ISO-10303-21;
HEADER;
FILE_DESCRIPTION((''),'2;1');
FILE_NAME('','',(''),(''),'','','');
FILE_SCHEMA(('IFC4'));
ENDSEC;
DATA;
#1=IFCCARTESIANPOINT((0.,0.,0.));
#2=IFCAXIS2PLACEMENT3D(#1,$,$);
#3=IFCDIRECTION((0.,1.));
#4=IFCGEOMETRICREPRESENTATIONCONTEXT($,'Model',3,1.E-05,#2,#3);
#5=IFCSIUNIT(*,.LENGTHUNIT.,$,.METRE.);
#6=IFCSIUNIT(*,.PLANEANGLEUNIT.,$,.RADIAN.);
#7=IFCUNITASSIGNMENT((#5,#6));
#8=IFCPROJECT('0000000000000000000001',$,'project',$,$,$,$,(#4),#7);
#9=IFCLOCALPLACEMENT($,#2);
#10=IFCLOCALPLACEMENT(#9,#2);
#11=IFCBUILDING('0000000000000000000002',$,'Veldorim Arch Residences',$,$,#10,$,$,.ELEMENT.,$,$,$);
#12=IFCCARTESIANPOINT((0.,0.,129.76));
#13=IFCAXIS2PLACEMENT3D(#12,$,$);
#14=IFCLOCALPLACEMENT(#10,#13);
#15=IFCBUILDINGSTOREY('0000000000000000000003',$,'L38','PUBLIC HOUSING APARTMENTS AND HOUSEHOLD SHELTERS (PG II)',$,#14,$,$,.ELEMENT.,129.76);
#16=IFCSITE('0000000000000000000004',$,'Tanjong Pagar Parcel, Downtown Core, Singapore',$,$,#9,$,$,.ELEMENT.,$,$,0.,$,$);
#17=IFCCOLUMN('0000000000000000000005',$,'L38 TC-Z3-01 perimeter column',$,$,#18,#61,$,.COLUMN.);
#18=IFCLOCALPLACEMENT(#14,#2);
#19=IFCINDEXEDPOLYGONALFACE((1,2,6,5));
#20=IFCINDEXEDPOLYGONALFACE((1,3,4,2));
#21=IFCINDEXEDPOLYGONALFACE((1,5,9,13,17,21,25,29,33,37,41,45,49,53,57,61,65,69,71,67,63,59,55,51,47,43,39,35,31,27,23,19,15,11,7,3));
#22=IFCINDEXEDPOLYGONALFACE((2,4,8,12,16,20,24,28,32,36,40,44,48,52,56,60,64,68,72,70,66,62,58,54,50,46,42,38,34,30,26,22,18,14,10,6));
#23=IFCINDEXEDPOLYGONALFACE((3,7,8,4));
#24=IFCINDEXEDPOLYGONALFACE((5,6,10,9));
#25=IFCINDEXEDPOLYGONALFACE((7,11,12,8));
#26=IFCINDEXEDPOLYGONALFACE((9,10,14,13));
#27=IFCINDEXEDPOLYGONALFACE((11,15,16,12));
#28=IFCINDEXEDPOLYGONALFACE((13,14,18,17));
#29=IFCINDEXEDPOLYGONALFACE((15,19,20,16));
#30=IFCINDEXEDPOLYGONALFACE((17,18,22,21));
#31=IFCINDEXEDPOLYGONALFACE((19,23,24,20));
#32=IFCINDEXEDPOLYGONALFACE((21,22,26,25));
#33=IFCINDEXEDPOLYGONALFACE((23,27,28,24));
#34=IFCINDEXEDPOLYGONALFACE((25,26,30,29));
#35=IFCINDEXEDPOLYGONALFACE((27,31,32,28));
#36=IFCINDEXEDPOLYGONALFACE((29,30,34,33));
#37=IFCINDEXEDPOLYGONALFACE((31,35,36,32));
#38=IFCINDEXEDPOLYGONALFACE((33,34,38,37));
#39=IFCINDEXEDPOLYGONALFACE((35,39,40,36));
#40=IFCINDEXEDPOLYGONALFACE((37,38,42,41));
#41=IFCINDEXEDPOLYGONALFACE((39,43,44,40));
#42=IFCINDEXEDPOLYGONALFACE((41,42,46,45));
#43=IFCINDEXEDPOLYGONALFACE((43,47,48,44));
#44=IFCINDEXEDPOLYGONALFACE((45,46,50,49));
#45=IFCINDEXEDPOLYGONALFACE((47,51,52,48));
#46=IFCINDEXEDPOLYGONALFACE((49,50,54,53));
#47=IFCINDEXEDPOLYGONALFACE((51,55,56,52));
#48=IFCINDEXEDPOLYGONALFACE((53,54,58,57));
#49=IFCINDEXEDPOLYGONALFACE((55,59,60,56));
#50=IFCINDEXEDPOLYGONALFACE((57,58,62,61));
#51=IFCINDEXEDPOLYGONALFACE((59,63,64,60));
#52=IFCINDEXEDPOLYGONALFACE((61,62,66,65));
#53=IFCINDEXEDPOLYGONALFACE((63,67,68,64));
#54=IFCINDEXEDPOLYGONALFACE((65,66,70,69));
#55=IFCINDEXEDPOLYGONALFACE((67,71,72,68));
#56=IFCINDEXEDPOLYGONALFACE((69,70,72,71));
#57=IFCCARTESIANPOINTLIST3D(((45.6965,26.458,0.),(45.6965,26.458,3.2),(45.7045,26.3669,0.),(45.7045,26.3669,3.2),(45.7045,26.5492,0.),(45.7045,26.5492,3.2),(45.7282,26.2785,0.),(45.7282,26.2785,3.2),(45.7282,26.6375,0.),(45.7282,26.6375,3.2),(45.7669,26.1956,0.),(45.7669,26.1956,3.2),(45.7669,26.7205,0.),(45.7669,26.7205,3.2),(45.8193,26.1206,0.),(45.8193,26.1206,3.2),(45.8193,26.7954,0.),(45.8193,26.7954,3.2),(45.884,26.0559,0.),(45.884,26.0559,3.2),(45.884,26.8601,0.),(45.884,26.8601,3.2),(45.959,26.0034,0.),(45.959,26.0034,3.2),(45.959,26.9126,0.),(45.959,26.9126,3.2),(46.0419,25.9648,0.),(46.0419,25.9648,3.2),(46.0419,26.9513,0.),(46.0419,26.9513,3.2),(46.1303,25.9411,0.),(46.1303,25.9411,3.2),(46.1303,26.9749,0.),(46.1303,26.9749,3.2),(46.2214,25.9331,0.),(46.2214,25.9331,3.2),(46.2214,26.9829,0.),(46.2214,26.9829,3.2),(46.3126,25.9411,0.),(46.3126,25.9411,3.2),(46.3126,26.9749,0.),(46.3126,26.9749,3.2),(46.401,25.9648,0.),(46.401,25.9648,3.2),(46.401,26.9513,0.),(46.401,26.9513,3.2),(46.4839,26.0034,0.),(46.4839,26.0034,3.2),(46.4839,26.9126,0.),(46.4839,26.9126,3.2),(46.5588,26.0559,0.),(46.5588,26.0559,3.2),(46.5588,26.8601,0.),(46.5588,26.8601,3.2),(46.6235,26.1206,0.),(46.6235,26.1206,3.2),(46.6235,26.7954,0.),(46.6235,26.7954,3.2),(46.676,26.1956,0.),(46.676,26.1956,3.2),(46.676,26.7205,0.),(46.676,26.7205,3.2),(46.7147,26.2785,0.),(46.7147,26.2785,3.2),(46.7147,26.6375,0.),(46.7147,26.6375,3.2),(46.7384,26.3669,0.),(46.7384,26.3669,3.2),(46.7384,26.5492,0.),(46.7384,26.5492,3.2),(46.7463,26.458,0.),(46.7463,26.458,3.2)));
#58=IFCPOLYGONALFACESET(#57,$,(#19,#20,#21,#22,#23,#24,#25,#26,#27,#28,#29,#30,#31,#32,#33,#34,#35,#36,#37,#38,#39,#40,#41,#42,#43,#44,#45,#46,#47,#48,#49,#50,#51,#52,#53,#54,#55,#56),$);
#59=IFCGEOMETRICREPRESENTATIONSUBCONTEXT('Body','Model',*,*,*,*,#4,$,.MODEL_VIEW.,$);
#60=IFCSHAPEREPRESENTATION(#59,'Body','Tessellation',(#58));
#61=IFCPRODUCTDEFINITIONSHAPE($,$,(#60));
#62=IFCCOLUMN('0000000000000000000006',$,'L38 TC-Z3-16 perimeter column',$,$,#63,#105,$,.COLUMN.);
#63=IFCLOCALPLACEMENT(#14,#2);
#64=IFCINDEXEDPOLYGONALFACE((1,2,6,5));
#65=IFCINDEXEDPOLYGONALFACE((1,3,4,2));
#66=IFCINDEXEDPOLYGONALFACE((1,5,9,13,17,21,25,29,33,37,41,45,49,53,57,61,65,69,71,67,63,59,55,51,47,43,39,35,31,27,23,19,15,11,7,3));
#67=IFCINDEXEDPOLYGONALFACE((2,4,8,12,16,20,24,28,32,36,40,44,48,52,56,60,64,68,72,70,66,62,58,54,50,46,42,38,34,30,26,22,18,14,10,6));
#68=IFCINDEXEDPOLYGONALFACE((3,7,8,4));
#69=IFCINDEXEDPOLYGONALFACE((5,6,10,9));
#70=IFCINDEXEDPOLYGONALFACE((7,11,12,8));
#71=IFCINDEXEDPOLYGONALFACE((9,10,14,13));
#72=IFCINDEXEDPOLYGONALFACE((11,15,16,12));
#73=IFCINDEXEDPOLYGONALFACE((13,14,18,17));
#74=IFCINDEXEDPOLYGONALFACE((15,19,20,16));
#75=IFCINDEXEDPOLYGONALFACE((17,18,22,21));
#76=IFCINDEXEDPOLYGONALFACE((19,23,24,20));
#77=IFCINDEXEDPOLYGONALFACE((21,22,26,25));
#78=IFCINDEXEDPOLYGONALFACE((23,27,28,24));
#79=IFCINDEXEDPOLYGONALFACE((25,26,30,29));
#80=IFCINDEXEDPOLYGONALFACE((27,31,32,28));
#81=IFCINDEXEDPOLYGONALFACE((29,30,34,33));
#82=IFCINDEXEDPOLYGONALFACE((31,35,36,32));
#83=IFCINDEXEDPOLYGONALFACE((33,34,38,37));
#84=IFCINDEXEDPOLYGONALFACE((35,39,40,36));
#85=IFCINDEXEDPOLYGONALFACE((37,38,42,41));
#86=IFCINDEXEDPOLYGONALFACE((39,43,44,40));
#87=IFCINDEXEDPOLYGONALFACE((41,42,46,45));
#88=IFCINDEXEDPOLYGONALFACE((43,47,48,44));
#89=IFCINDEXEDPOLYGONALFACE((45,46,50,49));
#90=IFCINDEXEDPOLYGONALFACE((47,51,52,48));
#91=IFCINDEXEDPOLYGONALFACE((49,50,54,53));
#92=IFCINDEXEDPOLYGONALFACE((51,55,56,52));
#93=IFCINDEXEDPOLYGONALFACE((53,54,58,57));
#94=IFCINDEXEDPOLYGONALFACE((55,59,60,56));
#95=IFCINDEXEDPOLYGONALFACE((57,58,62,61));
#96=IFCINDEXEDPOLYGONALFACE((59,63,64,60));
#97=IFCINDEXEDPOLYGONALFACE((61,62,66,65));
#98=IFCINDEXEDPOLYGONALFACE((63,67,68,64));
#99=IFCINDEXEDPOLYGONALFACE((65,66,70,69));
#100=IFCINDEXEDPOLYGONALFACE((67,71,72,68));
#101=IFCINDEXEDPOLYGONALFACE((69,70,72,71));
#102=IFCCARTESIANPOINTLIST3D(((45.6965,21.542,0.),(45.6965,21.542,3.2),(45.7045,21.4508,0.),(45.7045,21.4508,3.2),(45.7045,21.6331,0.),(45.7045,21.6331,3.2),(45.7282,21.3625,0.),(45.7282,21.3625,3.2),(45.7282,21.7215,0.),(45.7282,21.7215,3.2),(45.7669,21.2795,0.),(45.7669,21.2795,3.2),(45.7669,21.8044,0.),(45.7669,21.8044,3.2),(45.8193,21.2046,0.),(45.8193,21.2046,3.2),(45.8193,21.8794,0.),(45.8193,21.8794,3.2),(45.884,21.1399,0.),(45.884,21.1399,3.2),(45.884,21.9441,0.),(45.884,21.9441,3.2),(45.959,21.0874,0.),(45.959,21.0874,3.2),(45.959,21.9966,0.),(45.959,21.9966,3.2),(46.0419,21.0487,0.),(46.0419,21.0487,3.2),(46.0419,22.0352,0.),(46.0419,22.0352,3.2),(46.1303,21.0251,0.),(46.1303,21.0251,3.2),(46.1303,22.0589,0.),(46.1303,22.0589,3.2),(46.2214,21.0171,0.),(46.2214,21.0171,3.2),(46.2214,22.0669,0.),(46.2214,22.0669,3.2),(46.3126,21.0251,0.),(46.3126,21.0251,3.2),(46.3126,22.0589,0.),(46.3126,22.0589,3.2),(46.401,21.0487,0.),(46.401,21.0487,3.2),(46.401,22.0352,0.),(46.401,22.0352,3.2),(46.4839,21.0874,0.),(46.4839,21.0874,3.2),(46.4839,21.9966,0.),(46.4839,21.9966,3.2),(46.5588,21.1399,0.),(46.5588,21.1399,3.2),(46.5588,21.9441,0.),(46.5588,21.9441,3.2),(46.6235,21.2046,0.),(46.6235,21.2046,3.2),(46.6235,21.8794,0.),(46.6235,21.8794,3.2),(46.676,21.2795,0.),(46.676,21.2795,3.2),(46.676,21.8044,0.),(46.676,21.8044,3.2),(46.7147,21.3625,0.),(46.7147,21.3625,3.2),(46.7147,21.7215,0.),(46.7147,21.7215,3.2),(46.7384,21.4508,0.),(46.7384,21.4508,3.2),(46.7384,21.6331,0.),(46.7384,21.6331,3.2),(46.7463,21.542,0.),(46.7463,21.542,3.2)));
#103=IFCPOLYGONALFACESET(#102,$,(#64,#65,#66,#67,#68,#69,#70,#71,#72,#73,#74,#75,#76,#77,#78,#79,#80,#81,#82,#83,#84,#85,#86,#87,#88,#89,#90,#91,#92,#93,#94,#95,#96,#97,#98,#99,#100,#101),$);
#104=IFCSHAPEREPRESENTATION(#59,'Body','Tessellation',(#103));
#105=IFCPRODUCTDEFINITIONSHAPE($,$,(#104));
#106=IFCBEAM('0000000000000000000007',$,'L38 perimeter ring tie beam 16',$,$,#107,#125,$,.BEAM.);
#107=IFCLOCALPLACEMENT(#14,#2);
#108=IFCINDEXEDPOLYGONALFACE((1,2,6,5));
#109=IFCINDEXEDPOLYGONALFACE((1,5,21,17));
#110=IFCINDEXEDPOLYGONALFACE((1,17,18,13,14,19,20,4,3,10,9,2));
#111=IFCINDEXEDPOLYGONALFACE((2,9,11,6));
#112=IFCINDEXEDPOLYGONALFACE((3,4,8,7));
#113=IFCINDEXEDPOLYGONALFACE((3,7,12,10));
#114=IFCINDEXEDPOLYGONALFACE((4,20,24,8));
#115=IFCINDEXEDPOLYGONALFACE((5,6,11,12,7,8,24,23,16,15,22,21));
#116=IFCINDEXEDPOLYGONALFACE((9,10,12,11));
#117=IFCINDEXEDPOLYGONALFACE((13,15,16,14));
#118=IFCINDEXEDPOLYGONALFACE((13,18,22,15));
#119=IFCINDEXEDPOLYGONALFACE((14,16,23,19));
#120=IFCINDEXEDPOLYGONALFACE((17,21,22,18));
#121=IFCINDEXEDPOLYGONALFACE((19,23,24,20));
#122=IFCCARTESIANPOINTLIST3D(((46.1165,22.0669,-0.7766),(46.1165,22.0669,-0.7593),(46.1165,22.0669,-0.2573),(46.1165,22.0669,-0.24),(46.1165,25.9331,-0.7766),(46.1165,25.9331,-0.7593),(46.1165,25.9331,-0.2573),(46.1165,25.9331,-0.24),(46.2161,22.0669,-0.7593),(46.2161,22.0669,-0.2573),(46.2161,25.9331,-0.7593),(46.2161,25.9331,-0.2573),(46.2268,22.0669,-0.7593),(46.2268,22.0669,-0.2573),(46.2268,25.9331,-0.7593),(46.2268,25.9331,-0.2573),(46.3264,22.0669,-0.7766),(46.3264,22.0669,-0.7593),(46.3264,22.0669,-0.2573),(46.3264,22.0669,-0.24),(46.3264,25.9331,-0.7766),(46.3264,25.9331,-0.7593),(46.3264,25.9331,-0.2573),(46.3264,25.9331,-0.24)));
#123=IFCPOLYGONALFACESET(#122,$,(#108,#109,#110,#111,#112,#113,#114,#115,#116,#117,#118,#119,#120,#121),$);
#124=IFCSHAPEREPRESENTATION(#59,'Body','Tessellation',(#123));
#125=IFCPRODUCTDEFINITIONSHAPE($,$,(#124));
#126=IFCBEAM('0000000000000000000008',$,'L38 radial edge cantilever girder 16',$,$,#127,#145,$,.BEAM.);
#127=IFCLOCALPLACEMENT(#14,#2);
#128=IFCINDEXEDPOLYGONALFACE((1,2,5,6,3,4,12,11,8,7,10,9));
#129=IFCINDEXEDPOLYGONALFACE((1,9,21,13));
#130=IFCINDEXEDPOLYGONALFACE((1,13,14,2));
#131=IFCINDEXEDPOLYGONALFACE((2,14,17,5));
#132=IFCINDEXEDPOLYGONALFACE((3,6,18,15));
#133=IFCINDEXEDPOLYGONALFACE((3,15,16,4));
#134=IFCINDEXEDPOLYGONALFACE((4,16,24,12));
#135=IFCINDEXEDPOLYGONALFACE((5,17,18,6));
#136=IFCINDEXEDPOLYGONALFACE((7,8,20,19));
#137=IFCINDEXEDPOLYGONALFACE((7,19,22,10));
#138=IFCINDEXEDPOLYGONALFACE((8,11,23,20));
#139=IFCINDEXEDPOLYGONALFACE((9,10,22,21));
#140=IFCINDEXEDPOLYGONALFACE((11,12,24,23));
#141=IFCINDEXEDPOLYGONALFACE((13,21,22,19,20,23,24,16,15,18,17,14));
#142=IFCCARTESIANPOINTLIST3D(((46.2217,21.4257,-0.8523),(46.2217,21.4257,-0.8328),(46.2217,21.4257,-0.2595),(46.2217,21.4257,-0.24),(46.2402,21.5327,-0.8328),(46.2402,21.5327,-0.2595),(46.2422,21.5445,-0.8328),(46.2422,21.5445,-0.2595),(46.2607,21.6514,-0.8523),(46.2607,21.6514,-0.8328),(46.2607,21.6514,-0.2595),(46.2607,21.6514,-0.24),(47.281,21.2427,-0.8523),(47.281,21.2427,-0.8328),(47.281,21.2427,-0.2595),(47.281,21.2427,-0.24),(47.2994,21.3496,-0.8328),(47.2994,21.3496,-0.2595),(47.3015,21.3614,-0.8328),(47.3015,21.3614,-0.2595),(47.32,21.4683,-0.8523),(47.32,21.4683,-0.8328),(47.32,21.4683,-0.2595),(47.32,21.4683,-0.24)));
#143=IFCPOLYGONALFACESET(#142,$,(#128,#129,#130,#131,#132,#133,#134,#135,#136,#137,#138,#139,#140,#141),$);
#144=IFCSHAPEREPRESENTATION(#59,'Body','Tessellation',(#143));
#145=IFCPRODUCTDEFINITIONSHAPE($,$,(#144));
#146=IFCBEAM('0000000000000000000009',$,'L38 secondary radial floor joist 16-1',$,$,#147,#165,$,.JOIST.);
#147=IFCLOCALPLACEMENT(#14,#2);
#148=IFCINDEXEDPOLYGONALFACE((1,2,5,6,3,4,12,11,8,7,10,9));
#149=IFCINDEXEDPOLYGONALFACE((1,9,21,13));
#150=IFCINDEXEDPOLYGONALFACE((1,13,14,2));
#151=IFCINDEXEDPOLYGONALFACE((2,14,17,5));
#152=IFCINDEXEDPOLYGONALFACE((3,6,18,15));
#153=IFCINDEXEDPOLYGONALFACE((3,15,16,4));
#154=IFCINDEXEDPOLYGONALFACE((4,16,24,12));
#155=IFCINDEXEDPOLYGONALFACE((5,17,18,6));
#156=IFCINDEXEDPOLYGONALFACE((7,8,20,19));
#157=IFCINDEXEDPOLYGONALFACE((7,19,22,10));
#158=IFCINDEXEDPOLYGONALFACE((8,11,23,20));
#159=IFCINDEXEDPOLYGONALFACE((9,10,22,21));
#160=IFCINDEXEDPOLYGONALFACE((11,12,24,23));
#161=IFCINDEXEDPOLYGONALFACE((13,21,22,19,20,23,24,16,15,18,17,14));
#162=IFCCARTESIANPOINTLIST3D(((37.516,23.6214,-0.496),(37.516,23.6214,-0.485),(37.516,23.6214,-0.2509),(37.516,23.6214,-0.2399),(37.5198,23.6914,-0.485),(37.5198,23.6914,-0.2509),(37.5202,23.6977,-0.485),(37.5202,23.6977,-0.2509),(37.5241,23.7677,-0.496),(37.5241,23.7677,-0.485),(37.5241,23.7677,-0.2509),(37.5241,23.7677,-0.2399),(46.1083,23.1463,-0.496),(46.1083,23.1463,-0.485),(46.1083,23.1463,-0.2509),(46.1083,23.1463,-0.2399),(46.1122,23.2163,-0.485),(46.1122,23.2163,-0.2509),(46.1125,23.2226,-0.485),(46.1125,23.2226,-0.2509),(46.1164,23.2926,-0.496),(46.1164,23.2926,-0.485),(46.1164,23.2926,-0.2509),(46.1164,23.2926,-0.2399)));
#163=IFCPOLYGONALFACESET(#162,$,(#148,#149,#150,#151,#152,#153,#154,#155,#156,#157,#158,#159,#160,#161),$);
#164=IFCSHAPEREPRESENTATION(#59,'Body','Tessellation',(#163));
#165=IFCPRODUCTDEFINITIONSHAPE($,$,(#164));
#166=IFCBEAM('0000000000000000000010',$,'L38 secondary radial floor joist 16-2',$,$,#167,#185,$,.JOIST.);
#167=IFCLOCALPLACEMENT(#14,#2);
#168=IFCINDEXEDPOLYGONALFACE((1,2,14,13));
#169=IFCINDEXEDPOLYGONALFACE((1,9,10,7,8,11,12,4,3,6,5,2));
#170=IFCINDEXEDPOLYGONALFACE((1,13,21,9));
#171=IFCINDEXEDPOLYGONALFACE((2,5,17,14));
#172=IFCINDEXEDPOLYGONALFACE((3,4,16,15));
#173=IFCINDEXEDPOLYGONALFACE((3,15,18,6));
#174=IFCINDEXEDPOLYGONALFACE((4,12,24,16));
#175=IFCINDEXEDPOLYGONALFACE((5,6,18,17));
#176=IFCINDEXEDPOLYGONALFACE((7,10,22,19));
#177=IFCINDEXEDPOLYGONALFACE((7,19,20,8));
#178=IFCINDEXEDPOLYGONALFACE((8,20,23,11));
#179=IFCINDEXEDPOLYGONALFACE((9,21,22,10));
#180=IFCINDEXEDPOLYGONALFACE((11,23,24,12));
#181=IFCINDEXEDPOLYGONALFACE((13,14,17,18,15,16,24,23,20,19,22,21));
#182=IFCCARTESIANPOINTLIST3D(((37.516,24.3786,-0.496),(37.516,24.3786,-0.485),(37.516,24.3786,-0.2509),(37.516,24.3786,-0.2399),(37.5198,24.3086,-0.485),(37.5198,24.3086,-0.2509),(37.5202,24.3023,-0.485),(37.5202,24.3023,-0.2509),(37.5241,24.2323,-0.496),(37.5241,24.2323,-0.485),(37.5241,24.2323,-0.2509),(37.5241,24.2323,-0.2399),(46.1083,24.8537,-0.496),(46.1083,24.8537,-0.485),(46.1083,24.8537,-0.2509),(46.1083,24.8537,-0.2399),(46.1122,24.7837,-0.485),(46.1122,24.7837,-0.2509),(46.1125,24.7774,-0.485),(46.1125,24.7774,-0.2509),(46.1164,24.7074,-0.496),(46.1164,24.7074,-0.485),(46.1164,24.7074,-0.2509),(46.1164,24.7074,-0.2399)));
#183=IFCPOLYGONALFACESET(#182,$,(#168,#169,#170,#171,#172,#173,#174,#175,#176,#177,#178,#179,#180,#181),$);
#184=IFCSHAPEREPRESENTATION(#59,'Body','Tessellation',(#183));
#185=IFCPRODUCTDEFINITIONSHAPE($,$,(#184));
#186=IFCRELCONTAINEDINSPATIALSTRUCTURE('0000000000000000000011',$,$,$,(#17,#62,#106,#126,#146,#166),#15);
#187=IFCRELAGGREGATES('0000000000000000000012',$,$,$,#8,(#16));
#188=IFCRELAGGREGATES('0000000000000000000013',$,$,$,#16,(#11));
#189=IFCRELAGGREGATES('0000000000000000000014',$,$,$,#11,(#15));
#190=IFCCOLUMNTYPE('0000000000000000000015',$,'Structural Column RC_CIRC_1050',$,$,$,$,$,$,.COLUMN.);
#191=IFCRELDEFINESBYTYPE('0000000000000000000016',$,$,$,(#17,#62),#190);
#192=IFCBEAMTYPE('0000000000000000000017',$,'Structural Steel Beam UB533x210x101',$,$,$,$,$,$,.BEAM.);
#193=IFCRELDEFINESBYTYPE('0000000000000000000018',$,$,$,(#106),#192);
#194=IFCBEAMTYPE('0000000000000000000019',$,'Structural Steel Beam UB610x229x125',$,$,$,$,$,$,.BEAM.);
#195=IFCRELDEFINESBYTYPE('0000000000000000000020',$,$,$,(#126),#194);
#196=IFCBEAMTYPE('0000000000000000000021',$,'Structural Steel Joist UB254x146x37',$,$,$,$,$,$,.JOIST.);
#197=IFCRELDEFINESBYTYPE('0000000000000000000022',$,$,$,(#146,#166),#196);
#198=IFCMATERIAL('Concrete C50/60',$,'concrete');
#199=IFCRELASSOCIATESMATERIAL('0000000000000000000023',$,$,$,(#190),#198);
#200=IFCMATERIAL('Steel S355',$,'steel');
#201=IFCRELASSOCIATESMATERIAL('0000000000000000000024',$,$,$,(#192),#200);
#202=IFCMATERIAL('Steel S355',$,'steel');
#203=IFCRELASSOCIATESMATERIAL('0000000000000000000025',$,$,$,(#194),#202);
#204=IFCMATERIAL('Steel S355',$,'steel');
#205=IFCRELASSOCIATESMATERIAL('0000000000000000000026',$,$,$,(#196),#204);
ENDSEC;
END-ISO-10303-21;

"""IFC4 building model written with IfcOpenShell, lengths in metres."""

from ifc_helpers import new_model, si_unit, direction, frame, origin, origin_2d, place, context, subcontext, project, spatial, circle, i_section, extrude, material, material_profile, profile_set, type_object, element, save


model = new_model("IFC4")

# Units and contexts
model_context = context("Model", 3, precision=1e-05, world=origin(), true_north=direction((0.0, 1.0)))
body_context = subcontext(model_context, "Body", "Model", "MODEL_VIEW")
ifc_project = project(units=[si_unit("LENGTHUNIT", "METRE"), si_unit("PLANEANGLEUNIT", "RADIAN")], contexts=[model_context])

# Site, building, storey
site_placement = place(None, origin())
site = spatial("IfcSite", under=ifc_project, at=site_placement, Name="Tanjong Pagar Parcel, Downtown Core, Singapore", CompositionType="ELEMENT", RefElevation=0.0)
building_placement = place(site_placement, origin())
building = spatial("IfcBuilding", under=site, at=building_placement, Name="Veldorim Arch Residences", CompositionType="ELEMENT")
storey_placement = place(building_placement, frame((0.0, 0.0, 129.76)))
storey = spatial("IfcBuildingStorey", under=building, at=storey_placement, Name="L38", Description="PUBLIC HOUSING APARTMENTS AND HOUSEHOLD SHELTERS (PG II)", CompositionType="ELEMENT", Elevation=129.76)

# Columns
ifc_material_1 = material(Name="Concrete C50/60", Category="concrete")
ifc_material_profile_1 = material_profile(ifc_material_1, circle(Radius=0.5249, at=origin_2d()), Name="RC_CIRC_1050")
ifc_profile_set_1 = profile_set([ifc_material_profile_1], Name="Concrete C50/60")
column_type = type_object("IfcColumnType", Name="Structural Column RC_CIRC_1050", PredefinedType="COLUMN", material=ifc_profile_set_1)
for number, where, z_axis, x_axis, name in (
    (1, (46.2214, 26.458, 0.0), (0.0, 0.0, 1.0), (1.0, 0.0, 0.0), "L38 TC-Z3-01 perimeter column"),
    (2, (46.2214, 21.542, 0.0), (0.0, 0.0, 1.0), (1.0, 0.0, 0.0), "L38 TC-Z3-16 perimeter column"),
):
    element("IfcColumn", number, at=place(storey_placement, frame(where, z_axis=z_axis, x_axis=x_axis)), inside=storey, type_object=column_type, Name=name, PredefinedType="COLUMN", context=body_context, shape_type="SweptSolid", body=[
        extrude(circle(Radius=0.5249, at=origin_2d()), origin(), (0.0, 0.0, 1.0), 3.2),
    ])

# Beams
ifc_material_2 = material(Name="Steel S355", Category="steel")
ifc_material_profile_2 = material_profile(ifc_material_2, i_section(OverallWidth=0.21, OverallDepth=0.5366, WebThickness=0.0107, FlangeThickness=0.0173, at=origin_2d()), Name="UB533x210x101")
ifc_profile_set_2 = profile_set([ifc_material_profile_2], Name="Steel S355")
beam_type_1 = type_object("IfcBeamType", Name="Structural Steel Beam UB533x210x101", PredefinedType="BEAM", material=ifc_profile_set_2)
beam_1_placement = place(storey_placement, frame((46.2214, 22.0669, -0.5083), z_axis=(0.0, 1.0, 0.0), x_axis=(-1.0, 0.0, 0.0)))
element("IfcBeam", 3, at=beam_1_placement, inside=storey, type_object=beam_type_1, Name="L38 perimeter ring tie beam 16", PredefinedType="BEAM", context=body_context, shape_type="SweptSolid", body=[
    extrude(i_section(OverallWidth=0.21, OverallDepth=0.5366, WebThickness=0.0107, FlangeThickness=0.0173, at=origin_2d()), origin(), (0.0, 0.0, 1.0), 3.8662),
])
ifc_material_3 = material(Name="Steel S355", Category="steel")
ifc_material_profile_3 = material_profile(ifc_material_3, i_section(OverallWidth=0.229, OverallDepth=0.6123, WebThickness=0.012, FlangeThickness=0.0195, at=origin_2d()), Name="UB610x229x125")
ifc_profile_set_3 = profile_set([ifc_material_profile_3], Name="Steel S355")
beam_type_2 = type_object("IfcBeamType", Name="Structural Steel Beam UB610x229x125", PredefinedType="BEAM", material=ifc_profile_set_3)
beam_2_placement = place(storey_placement, frame((46.2412, 21.5386, -0.5461), z_axis=(0.985388, -0.170325, 0.0), x_axis=(0.170325, 0.985388, 0.0)))
element("IfcBeam", 4, at=beam_2_placement, inside=storey, type_object=beam_type_2, Name="L38 radial edge cantilever girder 16", PredefinedType="BEAM", context=body_context, shape_type="SweptSolid", body=[
    extrude(i_section(OverallWidth=0.229, OverallDepth=0.6123, WebThickness=0.012, FlangeThickness=0.0195, at=origin_2d()), origin(), (0.0, 0.0, 1.0), 1.075),
])
ifc_material_4 = material(Name="Steel S355", Category="steel")
ifc_material_profile_4 = material_profile(ifc_material_4, i_section(OverallWidth=0.1465, OverallDepth=0.2561, WebThickness=0.0063, FlangeThickness=0.011, at=origin_2d()), Name="UB254x146x37")
ifc_profile_set_4 = profile_set([ifc_material_profile_4], Name="Steel S355")
beam_type_3 = type_object("IfcBeamType", Name="Structural Steel Joist UB254x146x37", PredefinedType="JOIST", material=ifc_profile_set_4)
for number, where, z_axis, x_axis, name in (
    (5, (37.52, 23.6946, -0.3679), (0.998475, -0.055209, 0.0), (0.055209, 0.998475, 0.0), "L38 secondary radial floor joist 16-1"),
    (6, (37.52, 24.3054, -0.3679), (0.998475, 0.055209, 0.0), (-0.055209, 0.998475, 0.0), "L38 secondary radial floor joist 16-2"),
):
    element("IfcBeam", number, at=place(storey_placement, frame(where, z_axis=z_axis, x_axis=x_axis)), inside=storey, type_object=beam_type_3, Name=name, PredefinedType="JOIST", context=body_context, shape_type="SweptSolid", body=[
        extrude(i_section(OverallWidth=0.1465, OverallDepth=0.2561, WebThickness=0.0063, FlangeThickness=0.011, at=origin_2d()), origin(), (0.0, 0.0, 1.0), 8.6055),
    ])

save(model, "model.ifc")
